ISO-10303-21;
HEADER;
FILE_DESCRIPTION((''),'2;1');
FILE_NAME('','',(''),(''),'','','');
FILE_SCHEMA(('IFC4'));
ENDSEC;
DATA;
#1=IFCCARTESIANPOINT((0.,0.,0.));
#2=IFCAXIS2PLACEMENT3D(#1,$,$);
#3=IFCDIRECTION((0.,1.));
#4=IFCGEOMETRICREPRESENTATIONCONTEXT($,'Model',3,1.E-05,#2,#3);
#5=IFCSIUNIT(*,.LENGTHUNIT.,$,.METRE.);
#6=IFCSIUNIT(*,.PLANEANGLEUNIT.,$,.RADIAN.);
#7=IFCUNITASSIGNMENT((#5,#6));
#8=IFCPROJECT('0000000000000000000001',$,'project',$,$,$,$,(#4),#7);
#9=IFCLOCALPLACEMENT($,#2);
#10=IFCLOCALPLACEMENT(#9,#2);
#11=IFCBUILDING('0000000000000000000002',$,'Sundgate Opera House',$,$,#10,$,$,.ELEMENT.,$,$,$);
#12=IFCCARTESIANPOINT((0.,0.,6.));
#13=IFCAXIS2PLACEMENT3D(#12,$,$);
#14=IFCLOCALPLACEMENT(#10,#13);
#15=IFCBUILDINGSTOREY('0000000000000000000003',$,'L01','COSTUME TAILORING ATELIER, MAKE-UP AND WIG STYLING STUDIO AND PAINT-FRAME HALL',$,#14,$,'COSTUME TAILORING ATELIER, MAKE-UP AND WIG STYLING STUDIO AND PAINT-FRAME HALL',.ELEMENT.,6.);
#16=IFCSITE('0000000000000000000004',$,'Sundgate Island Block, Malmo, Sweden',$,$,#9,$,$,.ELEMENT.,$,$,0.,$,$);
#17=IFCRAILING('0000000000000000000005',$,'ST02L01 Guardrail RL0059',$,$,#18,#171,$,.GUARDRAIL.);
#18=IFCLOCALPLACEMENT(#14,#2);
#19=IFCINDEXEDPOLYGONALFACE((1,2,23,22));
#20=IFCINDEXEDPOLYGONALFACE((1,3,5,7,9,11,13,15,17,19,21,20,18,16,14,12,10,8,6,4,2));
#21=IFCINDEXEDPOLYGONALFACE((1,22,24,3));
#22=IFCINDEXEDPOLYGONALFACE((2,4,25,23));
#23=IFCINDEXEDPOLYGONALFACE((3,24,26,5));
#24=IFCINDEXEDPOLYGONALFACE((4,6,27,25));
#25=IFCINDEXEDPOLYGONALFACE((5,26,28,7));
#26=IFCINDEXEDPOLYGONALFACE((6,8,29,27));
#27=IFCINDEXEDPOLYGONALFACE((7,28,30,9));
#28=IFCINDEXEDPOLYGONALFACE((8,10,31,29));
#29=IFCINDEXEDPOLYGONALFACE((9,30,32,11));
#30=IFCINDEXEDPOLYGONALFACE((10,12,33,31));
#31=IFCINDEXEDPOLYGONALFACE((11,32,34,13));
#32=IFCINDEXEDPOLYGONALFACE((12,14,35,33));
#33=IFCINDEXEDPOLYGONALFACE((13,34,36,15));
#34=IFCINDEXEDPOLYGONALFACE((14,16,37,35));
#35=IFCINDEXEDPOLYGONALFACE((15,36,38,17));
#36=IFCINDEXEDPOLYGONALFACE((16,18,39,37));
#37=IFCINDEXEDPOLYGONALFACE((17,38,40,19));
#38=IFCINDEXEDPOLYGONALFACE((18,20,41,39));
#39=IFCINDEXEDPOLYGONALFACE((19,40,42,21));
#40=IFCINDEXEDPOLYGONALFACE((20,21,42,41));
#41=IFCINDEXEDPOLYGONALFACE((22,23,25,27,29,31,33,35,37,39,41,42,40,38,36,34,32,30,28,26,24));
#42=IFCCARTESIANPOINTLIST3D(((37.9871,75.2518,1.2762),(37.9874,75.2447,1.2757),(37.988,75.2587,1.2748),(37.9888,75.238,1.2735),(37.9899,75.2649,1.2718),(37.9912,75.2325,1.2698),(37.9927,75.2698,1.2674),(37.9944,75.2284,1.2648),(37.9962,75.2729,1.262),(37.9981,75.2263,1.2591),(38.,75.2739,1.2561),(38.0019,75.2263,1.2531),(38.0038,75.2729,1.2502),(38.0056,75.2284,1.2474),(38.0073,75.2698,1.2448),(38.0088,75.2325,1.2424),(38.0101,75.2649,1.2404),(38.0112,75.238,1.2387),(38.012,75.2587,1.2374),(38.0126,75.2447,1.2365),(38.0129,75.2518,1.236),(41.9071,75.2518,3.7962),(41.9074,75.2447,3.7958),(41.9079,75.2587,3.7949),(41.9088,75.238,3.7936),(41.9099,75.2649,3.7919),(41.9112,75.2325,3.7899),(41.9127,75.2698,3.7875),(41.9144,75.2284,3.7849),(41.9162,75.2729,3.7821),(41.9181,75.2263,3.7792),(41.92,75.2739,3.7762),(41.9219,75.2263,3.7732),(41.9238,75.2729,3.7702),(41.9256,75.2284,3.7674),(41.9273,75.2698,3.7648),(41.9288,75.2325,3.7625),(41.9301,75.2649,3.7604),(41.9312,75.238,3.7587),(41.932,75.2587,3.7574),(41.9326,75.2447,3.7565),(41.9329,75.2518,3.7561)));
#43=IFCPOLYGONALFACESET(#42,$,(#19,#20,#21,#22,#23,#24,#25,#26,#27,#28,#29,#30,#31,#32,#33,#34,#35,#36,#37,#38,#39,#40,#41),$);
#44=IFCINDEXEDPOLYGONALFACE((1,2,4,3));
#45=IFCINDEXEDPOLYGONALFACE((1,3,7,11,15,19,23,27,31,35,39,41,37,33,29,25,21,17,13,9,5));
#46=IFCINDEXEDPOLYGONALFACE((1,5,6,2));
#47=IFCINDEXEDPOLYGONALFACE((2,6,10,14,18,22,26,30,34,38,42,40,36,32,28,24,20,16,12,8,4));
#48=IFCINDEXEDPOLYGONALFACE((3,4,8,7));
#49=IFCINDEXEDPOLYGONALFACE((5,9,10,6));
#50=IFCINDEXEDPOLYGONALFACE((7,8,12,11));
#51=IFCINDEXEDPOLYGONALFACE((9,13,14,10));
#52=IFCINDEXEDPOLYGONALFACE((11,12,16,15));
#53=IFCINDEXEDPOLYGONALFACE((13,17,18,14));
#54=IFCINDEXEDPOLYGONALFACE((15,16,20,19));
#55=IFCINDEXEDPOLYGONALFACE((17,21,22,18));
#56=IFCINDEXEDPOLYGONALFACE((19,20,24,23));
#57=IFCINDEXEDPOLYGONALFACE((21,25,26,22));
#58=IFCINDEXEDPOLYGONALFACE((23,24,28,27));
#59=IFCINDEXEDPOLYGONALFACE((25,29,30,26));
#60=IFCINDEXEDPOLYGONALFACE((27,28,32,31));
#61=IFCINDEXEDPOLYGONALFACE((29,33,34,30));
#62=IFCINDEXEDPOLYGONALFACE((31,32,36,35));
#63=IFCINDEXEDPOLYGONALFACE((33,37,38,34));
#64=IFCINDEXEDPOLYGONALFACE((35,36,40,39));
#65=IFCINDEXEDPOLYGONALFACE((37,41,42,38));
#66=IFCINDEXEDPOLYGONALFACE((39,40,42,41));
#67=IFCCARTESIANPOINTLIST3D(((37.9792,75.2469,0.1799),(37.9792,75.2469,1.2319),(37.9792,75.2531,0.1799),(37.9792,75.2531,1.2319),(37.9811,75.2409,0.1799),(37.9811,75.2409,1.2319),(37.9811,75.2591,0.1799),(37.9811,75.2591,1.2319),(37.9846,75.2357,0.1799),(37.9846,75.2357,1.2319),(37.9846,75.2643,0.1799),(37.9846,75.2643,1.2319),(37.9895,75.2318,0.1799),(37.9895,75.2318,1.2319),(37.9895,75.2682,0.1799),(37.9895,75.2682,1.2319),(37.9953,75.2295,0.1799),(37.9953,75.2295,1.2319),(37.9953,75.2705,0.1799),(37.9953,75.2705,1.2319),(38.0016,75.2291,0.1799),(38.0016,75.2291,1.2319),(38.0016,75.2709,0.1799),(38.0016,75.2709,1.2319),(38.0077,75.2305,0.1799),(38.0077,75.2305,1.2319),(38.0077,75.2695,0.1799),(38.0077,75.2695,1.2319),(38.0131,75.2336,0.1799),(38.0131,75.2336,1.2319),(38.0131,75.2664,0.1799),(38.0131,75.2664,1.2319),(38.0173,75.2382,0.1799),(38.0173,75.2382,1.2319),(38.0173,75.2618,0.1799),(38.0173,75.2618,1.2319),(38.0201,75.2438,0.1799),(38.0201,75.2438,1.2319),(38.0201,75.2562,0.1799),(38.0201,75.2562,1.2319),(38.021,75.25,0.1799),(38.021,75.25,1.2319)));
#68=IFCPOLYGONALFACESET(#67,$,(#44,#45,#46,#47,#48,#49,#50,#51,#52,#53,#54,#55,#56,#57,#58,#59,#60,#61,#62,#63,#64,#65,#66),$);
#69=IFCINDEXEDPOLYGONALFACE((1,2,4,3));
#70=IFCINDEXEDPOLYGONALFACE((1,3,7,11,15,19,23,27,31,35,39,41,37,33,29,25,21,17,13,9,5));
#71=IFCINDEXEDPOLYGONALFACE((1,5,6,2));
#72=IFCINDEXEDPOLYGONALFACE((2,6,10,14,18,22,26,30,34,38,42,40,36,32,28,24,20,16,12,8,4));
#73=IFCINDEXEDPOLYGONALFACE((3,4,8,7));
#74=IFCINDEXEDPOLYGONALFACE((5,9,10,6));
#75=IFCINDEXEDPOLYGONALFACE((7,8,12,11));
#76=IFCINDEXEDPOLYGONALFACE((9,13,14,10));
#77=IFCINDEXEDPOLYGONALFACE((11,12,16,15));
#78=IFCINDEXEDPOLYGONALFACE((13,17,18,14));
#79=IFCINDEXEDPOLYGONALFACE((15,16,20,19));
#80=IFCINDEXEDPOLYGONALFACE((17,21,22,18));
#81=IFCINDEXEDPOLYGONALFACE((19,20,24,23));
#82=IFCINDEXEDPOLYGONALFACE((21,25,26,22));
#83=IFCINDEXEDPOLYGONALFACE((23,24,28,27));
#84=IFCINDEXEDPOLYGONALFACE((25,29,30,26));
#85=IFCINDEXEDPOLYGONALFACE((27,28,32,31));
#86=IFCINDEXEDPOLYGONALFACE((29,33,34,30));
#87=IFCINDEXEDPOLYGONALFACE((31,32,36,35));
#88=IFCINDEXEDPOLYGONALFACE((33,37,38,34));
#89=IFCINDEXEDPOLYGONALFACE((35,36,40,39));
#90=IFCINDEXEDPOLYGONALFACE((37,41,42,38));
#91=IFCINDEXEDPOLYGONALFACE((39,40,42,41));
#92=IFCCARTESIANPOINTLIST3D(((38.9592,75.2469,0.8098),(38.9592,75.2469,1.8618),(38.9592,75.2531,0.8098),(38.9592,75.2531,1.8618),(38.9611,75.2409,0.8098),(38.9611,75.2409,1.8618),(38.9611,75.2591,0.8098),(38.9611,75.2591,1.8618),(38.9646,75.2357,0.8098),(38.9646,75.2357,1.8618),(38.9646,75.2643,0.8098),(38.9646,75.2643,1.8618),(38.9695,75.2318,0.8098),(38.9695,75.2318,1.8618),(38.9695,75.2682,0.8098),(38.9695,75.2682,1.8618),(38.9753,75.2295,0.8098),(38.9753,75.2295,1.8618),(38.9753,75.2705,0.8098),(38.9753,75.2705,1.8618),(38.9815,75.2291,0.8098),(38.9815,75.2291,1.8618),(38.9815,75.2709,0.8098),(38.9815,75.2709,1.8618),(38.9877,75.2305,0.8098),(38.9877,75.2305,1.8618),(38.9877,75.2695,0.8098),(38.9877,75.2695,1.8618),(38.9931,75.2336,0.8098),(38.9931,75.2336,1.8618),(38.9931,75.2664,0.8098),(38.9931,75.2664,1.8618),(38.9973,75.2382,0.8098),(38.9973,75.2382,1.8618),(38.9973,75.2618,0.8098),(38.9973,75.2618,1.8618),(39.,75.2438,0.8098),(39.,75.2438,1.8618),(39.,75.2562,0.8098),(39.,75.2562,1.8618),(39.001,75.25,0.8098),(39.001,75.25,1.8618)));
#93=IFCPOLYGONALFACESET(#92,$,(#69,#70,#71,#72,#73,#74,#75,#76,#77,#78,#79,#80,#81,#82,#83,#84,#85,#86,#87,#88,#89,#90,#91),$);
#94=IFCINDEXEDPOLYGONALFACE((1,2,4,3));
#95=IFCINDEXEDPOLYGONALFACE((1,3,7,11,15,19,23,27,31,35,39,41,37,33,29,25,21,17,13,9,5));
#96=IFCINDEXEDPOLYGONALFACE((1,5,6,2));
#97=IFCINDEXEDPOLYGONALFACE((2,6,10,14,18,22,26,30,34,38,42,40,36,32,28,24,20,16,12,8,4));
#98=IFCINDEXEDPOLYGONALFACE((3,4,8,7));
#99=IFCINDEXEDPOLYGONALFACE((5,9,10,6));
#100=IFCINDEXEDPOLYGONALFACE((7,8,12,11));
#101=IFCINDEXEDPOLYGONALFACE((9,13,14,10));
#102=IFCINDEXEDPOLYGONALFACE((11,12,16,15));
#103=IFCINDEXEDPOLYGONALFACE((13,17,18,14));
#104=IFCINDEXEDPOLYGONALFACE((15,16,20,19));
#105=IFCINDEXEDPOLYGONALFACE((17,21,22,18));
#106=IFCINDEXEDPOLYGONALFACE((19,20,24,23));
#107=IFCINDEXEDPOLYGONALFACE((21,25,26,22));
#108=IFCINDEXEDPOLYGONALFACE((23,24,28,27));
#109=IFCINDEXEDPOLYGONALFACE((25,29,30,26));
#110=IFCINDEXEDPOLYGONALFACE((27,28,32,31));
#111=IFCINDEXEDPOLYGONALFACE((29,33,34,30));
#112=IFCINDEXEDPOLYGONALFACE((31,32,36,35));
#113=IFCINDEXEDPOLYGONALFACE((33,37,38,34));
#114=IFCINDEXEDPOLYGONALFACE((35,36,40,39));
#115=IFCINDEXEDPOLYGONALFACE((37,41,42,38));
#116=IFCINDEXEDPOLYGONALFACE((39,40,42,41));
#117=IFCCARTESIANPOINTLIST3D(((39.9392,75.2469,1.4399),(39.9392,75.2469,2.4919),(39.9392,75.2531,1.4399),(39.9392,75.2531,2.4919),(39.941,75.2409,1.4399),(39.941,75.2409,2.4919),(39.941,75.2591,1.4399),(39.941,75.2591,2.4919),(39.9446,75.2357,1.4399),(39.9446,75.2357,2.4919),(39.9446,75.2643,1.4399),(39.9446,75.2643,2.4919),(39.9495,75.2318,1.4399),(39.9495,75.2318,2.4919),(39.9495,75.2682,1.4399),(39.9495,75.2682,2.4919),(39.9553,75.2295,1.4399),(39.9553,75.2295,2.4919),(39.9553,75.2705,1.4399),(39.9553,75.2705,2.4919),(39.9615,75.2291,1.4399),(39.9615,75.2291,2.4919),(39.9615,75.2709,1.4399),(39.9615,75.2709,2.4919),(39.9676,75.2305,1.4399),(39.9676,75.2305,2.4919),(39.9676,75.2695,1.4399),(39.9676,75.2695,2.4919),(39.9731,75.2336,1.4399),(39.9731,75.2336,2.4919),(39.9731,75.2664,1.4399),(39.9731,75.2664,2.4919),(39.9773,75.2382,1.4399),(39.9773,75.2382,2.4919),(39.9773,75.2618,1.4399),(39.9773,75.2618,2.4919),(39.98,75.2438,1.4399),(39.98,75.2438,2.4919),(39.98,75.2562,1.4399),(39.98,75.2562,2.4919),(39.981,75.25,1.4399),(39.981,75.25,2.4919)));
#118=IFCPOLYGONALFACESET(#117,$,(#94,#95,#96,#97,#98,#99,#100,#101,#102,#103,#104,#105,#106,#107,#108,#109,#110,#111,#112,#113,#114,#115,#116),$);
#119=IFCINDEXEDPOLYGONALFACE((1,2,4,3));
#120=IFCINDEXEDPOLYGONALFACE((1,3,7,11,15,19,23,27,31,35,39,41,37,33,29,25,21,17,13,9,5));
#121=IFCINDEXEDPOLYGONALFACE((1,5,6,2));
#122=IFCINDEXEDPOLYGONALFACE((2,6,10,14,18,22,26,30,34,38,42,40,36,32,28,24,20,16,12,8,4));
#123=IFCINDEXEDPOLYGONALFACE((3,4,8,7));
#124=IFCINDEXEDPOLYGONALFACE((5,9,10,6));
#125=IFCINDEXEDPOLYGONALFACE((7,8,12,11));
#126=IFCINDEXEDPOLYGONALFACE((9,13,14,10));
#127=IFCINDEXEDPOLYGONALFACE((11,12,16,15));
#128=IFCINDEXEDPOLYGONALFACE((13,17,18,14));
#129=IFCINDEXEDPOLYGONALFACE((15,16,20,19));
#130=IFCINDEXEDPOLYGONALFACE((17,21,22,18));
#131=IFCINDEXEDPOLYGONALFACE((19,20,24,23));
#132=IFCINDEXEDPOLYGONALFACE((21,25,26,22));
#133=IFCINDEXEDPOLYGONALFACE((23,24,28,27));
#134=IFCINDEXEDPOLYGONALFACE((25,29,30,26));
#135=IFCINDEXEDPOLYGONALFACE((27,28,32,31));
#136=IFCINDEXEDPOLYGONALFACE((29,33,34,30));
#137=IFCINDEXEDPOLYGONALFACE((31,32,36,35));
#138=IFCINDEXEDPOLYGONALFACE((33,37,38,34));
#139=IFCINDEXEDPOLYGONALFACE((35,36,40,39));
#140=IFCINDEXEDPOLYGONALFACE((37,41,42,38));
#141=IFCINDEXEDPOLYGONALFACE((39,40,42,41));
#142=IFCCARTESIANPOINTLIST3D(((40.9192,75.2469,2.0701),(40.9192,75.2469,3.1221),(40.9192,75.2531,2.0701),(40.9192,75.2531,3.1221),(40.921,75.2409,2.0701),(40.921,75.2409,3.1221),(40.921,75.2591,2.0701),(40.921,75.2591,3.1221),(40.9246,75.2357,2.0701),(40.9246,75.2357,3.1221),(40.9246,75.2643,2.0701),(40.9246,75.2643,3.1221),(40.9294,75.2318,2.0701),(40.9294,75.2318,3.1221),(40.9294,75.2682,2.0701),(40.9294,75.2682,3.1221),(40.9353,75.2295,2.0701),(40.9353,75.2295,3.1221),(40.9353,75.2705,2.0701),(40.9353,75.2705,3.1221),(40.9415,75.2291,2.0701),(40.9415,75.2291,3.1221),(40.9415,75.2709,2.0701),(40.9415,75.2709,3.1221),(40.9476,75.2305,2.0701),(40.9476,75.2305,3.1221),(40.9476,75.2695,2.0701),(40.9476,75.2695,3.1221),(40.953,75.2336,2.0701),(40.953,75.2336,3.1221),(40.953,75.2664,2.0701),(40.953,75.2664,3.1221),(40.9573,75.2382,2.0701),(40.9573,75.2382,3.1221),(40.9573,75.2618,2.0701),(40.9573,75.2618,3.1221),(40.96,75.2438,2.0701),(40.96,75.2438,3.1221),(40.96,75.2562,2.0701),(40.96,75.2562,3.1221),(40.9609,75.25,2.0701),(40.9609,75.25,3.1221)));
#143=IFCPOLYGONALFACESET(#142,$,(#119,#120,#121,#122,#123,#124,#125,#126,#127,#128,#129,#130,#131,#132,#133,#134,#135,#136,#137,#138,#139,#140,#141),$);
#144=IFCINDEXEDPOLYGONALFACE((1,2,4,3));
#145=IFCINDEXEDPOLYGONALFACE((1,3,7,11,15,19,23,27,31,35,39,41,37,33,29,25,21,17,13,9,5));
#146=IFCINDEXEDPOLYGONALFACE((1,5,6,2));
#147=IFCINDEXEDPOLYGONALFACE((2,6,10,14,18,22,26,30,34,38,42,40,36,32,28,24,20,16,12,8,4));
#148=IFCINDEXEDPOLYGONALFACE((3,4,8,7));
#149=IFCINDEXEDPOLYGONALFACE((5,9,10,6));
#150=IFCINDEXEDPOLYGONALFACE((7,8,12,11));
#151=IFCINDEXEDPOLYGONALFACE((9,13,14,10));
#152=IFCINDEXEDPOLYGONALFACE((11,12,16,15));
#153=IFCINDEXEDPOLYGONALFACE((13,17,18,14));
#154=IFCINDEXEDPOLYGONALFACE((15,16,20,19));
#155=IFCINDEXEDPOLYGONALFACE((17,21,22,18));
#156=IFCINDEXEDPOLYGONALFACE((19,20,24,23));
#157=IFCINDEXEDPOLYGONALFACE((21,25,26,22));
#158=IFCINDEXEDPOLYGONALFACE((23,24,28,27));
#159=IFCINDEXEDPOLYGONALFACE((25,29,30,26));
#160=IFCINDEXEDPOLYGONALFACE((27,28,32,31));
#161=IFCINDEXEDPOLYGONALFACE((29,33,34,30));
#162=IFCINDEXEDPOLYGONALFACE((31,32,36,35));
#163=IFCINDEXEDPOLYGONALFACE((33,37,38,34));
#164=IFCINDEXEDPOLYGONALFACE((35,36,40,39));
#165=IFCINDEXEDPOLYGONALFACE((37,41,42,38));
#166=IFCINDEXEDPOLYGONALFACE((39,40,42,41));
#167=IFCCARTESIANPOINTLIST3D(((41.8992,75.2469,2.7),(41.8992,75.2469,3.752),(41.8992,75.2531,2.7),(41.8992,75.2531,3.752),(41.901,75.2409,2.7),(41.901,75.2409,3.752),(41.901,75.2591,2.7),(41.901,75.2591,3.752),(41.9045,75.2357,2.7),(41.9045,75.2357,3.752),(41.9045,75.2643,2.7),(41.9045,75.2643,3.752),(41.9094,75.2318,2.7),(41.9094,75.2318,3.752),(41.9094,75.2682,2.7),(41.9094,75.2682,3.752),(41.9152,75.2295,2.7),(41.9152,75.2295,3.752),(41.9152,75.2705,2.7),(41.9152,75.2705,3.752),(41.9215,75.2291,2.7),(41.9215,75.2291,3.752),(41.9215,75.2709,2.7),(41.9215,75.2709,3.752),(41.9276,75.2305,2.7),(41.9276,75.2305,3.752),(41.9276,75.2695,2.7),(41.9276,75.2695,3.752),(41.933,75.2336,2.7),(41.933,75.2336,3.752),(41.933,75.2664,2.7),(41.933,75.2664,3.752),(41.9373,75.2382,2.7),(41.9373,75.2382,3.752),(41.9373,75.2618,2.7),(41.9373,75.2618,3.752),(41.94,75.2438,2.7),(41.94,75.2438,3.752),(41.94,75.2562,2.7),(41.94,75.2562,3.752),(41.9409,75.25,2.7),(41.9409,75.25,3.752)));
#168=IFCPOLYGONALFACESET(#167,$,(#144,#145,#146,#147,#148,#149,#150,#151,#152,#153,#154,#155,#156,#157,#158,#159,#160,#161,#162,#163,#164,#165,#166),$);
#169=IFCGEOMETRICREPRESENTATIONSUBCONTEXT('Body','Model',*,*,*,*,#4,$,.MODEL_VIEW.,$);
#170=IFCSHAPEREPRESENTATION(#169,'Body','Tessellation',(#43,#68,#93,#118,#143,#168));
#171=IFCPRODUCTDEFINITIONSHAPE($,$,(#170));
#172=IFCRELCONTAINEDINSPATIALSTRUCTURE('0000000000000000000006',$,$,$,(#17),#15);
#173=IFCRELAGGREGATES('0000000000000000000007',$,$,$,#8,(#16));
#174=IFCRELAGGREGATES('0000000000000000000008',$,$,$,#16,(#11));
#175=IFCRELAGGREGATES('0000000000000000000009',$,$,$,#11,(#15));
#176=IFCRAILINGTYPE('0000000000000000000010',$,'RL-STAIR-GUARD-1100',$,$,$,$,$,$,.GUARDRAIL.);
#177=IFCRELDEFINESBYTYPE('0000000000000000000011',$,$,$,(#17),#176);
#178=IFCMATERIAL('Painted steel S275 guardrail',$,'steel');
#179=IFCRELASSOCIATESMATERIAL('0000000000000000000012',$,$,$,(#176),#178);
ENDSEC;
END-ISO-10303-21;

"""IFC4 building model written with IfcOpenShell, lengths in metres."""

from ifc_helpers import new_model, si_unit, direction, frame, origin, origin_2d, place, context, subcontext, project, spatial, circle, extrude, material, type_object, element, save


model = new_model("IFC4")

# Units and contexts
model_context = context("Model", 3, precision=1e-05, world=origin(), true_north=direction((0.0, 1.0)))
body_context = subcontext(model_context, "Body", "Model", "MODEL_VIEW")
ifc_project = project(units=[si_unit("LENGTHUNIT", "METRE"), si_unit("PLANEANGLEUNIT", "RADIAN")], contexts=[model_context])

# Site, building, storey
site_placement = place(None, origin())
site = spatial("IfcSite", under=ifc_project, at=site_placement, Name="Sundgate Island Block, Malmo, Sweden", CompositionType="ELEMENT", RefElevation=0.0)
building_placement = place(site_placement, origin())
building = spatial("IfcBuilding", under=site, at=building_placement, Name="Sundgate Opera House", CompositionType="ELEMENT")
storey_placement = place(building_placement, frame((0.0, 0.0, 6.0)))
storey = spatial("IfcBuildingStorey", under=building, at=storey_placement, Name="L01", Description="COSTUME TAILORING ATELIER, MAKE-UP AND WIG STYLING STUDIO AND PAINT-FRAME HALL", LongName="COSTUME TAILORING ATELIER, MAKE-UP AND WIG STYLING STUDIO AND PAINT-FRAME HALL", CompositionType="ELEMENT", Elevation=6.0)

# Railing
ifc_material_1 = material(Name="Painted steel S275 guardrail", Category="steel")
railing_type_1 = type_object("IfcRailingType", Name="RL-STAIR-GUARD-1100", PredefinedType="GUARDRAIL", material=ifc_material_1)
railing_1_placement = place(storey_placement, frame((38.0, 75.25, 0.1799)))
element("IfcRailing", 1, at=railing_1_placement, inside=storey, type_object=railing_type_1, Name="ST02L01 Guardrail RL0059", PredefinedType="GUARDRAIL", context=body_context, shape_type="SweptSolid", body=[
    extrude(circle(Radius=0.0239, at=origin_2d()), frame((0.0, 0.0, 1.0762), z_axis=(0.841172, 0.0, 0.540768), x_axis=(0.0, 1.0, 0.0)), (0.0, 0.0, 1.0), 4.6602),
    extrude(circle(Radius=0.021, at=origin_2d()), origin(), (0.0, 0.0, 1.0), 1.052),
    extrude(circle(Radius=0.021, at=origin_2d()), frame((0.98, 0.0, 0.6299)), (0.0, 0.0, 1.0), 1.052),
    extrude(circle(Radius=0.021, at=origin_2d()), frame((1.96, 0.0, 1.26)), (0.0, 0.0, 1.0), 1.052),
    extrude(circle(Radius=0.021, at=origin_2d()), frame((2.9399, 0.0, 1.8901)), (0.0, 0.0, 1.0), 1.052),
    extrude(circle(Radius=0.021, at=origin_2d()), frame((3.9199, 0.0, 2.52)), (0.0, 0.0, 1.0), 1.052),
])

save(model, "model.ifc")
